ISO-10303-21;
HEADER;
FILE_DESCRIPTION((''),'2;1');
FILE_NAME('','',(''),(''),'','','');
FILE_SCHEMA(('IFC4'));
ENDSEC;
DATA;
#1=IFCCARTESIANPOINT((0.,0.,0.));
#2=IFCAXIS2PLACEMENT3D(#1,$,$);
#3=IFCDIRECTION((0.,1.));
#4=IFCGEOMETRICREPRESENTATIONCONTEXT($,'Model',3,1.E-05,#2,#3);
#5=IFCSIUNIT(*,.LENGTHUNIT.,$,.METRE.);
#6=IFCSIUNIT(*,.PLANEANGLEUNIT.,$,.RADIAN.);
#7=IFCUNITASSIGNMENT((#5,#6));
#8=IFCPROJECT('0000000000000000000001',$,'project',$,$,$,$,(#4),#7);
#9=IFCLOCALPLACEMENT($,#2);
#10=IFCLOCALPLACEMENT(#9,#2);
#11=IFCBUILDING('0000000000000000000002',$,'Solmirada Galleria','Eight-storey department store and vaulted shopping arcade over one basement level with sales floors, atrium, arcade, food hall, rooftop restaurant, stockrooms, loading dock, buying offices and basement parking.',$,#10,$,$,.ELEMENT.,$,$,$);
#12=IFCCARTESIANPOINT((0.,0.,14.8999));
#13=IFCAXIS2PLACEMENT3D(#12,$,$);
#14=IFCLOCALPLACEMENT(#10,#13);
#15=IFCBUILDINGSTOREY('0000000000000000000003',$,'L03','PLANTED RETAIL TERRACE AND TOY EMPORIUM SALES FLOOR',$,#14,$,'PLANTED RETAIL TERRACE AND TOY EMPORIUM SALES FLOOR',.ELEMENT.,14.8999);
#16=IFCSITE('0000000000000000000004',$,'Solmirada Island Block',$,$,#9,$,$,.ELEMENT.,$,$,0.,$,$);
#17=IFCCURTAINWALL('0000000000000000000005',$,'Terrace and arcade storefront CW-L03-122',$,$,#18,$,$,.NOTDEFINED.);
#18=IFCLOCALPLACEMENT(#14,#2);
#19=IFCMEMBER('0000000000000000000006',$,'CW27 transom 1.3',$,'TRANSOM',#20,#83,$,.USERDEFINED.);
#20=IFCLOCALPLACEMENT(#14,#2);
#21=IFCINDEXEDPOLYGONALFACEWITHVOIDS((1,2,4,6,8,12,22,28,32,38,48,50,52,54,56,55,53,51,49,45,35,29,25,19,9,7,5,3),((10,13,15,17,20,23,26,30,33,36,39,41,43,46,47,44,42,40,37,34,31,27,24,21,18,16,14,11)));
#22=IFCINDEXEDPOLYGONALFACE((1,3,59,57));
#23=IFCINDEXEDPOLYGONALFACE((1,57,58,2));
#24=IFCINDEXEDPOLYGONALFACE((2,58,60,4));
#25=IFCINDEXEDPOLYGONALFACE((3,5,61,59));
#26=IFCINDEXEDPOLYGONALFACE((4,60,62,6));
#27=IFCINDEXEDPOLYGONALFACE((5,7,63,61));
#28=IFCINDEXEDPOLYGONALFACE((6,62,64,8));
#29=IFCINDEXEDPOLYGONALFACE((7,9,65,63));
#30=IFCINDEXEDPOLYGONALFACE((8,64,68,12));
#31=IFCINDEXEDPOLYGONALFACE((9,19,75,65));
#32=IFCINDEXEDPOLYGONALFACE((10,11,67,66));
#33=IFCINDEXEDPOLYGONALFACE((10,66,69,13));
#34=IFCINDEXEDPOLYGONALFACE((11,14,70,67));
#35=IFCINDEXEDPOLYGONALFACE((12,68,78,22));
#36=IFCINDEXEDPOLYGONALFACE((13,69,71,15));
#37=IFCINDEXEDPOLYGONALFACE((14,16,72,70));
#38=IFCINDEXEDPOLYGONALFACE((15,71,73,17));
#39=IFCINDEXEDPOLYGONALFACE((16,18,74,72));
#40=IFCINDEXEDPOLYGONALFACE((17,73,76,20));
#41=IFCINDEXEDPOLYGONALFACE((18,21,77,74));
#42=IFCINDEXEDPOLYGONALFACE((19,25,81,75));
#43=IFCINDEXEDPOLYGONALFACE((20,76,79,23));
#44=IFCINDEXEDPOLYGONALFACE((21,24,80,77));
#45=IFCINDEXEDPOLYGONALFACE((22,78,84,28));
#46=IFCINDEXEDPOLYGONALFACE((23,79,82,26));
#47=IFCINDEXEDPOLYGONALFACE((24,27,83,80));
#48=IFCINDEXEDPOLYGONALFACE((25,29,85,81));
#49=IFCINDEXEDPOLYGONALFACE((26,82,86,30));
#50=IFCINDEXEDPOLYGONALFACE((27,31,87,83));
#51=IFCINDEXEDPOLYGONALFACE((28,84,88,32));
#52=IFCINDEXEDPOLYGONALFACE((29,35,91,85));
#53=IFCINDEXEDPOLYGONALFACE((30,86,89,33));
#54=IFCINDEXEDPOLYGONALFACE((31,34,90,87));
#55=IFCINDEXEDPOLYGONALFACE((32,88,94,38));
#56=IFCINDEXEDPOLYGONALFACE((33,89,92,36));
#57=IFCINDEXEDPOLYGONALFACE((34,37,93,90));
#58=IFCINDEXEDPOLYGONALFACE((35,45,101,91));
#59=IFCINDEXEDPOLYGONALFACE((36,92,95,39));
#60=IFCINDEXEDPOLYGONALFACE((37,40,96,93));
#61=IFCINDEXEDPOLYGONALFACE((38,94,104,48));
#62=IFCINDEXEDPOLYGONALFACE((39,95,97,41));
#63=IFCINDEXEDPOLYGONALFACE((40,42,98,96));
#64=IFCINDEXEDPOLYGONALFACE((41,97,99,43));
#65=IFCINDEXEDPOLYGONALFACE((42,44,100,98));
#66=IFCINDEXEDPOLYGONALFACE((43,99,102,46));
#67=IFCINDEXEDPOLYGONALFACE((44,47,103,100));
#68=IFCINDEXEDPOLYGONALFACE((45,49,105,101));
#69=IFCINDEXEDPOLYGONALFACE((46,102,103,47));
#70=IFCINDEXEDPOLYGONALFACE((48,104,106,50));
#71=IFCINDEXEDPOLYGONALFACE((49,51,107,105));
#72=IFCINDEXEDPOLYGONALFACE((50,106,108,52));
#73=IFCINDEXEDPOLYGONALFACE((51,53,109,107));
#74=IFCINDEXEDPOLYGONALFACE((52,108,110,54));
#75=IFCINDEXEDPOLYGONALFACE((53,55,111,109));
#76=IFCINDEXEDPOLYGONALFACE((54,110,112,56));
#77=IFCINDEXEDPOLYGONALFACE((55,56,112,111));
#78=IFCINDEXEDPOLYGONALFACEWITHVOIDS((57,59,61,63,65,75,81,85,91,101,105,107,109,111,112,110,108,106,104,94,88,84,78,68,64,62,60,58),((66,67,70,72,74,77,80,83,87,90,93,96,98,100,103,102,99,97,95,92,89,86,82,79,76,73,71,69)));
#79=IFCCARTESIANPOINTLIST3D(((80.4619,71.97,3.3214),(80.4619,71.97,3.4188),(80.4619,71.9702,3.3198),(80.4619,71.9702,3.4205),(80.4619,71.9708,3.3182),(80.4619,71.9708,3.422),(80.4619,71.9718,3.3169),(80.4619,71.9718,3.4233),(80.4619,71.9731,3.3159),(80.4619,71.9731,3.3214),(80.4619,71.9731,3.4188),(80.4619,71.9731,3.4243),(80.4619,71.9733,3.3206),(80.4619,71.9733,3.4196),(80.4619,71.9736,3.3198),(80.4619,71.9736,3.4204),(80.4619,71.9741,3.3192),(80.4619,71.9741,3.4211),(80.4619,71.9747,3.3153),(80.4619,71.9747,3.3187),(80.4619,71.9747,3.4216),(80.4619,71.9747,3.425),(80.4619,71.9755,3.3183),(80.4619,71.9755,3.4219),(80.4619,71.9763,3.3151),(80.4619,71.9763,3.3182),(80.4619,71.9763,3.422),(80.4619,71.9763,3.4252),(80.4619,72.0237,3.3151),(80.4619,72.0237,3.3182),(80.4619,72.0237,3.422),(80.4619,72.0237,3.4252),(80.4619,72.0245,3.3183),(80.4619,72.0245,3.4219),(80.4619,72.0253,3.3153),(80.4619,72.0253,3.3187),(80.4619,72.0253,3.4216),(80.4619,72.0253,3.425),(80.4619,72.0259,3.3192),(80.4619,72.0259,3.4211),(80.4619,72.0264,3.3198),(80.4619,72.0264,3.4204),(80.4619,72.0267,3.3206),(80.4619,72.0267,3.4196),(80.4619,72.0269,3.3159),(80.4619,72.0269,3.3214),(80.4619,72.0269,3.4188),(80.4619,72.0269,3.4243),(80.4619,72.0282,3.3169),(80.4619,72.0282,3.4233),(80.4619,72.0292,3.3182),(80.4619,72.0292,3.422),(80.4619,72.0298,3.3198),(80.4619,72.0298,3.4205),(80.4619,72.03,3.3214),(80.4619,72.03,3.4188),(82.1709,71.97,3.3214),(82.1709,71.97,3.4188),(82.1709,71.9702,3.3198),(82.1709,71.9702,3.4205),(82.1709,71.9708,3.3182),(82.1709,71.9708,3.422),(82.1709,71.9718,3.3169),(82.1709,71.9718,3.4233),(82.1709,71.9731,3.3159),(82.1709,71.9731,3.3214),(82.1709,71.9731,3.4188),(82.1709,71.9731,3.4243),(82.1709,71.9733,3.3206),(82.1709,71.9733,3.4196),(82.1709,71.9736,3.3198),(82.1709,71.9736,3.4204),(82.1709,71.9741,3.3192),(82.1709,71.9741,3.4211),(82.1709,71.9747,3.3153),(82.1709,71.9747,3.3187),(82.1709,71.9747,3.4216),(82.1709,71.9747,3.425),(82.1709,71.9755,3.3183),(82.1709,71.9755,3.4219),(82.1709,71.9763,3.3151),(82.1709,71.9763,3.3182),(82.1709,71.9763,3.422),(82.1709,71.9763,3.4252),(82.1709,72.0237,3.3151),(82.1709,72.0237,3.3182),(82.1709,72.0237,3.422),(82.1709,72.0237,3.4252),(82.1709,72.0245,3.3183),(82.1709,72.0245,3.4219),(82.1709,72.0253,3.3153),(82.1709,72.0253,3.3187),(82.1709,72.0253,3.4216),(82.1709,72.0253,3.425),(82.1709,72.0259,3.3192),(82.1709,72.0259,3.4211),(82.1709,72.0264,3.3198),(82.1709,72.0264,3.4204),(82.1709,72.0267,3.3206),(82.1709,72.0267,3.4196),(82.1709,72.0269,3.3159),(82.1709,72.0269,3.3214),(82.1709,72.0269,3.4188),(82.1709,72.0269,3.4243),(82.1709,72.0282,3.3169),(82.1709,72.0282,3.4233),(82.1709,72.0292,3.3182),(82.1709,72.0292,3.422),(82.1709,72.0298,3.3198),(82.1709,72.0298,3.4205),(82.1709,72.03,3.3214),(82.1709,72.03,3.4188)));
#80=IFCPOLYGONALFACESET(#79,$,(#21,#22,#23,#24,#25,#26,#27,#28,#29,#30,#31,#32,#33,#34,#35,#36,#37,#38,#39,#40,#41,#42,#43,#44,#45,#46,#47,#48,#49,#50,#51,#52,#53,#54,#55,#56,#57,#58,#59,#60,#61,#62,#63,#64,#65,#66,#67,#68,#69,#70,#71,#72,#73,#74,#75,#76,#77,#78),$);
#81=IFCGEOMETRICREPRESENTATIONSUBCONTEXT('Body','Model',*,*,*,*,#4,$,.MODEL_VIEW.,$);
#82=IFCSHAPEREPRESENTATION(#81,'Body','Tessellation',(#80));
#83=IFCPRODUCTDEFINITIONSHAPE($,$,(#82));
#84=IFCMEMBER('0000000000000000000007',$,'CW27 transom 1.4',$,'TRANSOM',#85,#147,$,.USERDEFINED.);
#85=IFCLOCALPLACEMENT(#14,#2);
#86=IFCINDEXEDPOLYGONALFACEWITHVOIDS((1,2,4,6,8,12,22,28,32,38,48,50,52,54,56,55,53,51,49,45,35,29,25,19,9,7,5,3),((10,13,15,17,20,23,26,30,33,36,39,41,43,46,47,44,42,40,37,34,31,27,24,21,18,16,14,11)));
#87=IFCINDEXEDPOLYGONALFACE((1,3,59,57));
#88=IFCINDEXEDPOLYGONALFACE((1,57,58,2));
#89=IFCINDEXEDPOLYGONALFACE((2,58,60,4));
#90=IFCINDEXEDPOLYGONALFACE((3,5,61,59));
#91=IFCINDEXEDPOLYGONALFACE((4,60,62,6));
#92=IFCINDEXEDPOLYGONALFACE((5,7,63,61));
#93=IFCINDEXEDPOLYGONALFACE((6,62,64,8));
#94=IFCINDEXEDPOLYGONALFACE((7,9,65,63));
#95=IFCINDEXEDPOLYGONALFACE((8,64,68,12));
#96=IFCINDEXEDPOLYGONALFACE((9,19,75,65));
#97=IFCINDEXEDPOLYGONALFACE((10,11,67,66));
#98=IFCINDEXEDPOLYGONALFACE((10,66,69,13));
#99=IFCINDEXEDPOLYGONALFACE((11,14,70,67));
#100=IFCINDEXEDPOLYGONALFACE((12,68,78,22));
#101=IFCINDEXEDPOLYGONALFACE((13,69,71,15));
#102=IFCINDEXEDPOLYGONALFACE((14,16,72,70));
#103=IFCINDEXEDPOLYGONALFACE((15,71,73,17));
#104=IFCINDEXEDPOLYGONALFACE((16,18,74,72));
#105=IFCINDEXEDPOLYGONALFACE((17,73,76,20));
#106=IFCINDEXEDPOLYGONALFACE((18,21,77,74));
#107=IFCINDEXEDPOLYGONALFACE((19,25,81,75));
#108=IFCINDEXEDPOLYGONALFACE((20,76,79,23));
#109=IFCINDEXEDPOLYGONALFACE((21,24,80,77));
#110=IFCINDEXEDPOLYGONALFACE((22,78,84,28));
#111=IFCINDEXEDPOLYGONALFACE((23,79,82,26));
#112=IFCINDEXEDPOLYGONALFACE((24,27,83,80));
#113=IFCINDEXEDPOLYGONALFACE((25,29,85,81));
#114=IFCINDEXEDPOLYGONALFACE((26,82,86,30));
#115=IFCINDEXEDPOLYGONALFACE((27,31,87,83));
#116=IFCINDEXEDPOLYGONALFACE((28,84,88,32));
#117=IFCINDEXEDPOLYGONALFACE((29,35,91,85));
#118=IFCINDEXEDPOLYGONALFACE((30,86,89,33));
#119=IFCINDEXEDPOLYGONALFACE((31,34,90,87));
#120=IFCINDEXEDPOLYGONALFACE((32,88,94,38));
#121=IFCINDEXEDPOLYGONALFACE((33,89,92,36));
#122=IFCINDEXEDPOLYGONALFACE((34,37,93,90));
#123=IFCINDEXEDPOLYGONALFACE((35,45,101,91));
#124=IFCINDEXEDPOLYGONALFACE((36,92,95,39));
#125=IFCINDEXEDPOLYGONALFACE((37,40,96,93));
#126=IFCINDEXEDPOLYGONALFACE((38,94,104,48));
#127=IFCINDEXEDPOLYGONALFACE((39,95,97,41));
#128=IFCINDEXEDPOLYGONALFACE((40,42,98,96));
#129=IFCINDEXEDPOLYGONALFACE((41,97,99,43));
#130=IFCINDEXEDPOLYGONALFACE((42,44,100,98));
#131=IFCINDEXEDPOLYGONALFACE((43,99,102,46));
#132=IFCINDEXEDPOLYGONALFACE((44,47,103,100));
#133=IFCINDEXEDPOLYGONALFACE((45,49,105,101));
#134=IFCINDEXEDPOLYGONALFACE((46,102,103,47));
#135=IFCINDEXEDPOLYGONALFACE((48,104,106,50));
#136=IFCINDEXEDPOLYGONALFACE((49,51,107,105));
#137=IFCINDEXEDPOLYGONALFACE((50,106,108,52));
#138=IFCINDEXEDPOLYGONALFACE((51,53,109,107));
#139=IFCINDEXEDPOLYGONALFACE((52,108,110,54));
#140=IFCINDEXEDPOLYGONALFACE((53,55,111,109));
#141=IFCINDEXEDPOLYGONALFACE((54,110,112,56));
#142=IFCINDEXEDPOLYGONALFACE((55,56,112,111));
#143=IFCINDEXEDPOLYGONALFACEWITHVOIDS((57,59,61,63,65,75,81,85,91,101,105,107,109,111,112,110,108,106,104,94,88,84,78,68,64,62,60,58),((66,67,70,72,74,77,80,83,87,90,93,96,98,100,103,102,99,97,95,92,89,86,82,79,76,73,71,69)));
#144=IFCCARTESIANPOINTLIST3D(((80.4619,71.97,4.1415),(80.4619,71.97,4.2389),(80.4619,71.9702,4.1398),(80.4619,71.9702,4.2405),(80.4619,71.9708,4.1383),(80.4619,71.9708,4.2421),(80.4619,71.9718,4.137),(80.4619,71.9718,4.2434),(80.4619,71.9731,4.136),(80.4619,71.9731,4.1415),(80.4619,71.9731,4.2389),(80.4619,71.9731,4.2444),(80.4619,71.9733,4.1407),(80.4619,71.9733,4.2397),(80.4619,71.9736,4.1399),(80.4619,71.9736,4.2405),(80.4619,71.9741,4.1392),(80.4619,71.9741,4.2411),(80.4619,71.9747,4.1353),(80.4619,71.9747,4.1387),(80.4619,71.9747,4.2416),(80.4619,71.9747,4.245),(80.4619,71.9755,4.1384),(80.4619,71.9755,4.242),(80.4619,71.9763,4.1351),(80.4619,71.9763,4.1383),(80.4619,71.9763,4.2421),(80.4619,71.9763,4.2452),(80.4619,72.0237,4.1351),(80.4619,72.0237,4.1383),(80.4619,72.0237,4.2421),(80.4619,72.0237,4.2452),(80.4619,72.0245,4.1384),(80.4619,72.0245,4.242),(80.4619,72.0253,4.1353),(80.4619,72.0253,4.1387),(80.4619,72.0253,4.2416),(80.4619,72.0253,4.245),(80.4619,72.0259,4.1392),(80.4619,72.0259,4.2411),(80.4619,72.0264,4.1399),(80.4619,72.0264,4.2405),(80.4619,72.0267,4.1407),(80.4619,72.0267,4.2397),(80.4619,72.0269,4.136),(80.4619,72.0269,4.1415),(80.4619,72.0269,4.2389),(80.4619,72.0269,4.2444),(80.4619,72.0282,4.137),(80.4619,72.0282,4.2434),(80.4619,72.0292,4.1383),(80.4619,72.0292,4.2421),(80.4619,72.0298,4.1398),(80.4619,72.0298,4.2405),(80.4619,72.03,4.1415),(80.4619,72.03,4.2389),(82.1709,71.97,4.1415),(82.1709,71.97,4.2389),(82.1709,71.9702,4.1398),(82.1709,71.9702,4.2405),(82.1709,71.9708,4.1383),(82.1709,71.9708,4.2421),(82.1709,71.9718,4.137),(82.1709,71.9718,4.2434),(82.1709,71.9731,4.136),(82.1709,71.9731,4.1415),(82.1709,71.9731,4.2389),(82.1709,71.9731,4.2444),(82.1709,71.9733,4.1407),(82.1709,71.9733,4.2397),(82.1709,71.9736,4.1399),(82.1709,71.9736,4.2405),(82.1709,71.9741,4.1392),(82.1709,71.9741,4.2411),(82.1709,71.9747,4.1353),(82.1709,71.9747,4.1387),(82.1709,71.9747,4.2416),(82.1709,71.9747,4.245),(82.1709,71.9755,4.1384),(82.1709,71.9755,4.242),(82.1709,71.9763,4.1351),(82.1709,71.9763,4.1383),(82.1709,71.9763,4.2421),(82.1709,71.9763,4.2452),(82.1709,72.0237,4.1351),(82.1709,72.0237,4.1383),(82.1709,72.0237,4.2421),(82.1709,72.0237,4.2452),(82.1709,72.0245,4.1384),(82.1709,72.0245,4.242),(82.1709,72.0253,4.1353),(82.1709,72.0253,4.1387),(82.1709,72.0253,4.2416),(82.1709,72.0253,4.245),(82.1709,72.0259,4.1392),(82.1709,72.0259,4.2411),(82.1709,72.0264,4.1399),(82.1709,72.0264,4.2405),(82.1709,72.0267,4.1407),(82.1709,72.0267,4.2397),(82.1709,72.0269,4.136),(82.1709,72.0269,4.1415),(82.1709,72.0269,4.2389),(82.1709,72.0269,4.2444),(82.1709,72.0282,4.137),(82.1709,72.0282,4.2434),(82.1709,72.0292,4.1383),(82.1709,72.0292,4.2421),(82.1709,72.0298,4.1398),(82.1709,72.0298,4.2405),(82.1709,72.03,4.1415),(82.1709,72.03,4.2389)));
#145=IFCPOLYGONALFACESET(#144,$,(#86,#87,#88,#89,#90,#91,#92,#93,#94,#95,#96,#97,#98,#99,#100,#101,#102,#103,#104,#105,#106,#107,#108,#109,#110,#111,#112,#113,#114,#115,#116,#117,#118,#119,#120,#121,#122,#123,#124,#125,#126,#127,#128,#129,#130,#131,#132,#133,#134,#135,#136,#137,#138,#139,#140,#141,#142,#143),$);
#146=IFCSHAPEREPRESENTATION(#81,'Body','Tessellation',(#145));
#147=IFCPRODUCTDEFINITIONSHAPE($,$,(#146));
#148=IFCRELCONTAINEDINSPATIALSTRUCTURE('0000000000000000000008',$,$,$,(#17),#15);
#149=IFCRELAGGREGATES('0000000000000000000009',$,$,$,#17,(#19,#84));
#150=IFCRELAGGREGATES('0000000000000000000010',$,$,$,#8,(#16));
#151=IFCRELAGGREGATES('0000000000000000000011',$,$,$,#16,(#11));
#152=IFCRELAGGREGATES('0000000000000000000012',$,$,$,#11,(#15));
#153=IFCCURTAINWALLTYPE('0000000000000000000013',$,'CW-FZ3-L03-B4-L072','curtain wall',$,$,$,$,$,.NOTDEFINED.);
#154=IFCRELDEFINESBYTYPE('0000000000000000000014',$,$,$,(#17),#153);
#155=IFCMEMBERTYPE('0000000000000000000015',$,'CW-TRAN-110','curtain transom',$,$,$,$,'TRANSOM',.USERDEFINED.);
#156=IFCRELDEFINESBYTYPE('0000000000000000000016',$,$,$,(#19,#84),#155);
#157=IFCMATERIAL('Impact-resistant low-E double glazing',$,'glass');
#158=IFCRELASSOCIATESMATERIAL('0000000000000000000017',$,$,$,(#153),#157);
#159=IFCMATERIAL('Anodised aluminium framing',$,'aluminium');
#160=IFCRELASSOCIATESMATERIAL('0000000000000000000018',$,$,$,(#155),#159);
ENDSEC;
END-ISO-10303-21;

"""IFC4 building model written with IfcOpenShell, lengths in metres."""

from ifc_helpers import new_model, si_unit, direction, frame, origin, origin_2d, place, context, subcontext, project, spatial, hollow_rectangle, extrude, material, material_profile, profile_set, type_object, element, aggregate, save


model = new_model("IFC4")

# Units and contexts
model_context = context("Model", 3, precision=1e-05, world=origin(), true_north=direction((0.0, 1.0)))
body_context = subcontext(model_context, "Body", "Model", "MODEL_VIEW")
ifc_project = project(units=[si_unit("LENGTHUNIT", "METRE"), si_unit("PLANEANGLEUNIT", "RADIAN")], contexts=[model_context])

# Site, building, storey
site_placement = place(None, origin())
site = spatial("IfcSite", under=ifc_project, at=site_placement, Name="Solmirada Island Block", CompositionType="ELEMENT", RefElevation=0.0)
building_placement = place(site_placement, origin())
building = spatial("IfcBuilding", under=site, at=building_placement, Name="Solmirada Galleria", Description="Eight-storey department store and vaulted shopping arcade over one basement level with sales floors, atrium, arcade, food hall, rooftop restaurant, stockrooms, loading dock, buying offices and basement parking.", CompositionType="ELEMENT")
storey_placement = place(building_placement, frame((0.0, 0.0, 14.8999)))
storey = spatial("IfcBuildingStorey", under=building, at=storey_placement, Name="L03", Description="PLANTED RETAIL TERRACE AND TOY EMPORIUM SALES FLOOR", LongName="PLANTED RETAIL TERRACE AND TOY EMPORIUM SALES FLOOR", CompositionType="ELEMENT", Elevation=14.8999)

# Shared definitions
ifc_material_1 = material(Name="Impact-resistant low-E double glazing", Category="glass")
curtain_wall_type = type_object("IfcCurtainWallType", Name="CW-FZ3-L03-B4-L072", Description="curtain wall", PredefinedType="NOTDEFINED", material=ifc_material_1)
ifc_material_2 = material(Name="Anodised aluminium framing", Category="aluminium")

# Curtain wall, members
curtain_wall_1_placement = place(storey_placement, origin())
curtain_wall_1 = element("IfcCurtainWall", 1, at=curtain_wall_1_placement, inside=storey, type_object=curtain_wall_type, Name="Terrace and arcade storefront CW-L03-122", PredefinedType="NOTDEFINED")
ifc_material_profile_1 = material_profile(ifc_material_2, hollow_rectangle(XDim=0.0601, YDim=0.1101, WallThickness=0.0032, InnerFilletRadius=0.0032, OuterFilletRadius=0.0063, at=origin_2d()), Name="ALU-TRAN-110X60")
ifc_profile_set_1 = profile_set([ifc_material_profile_1], Name="Anodised aluminium framing")
member_type_1 = type_object("IfcMemberType", Name="CW-TRAN-110", Description="curtain transom", ElementType="TRANSOM", PredefinedType="USERDEFINED", material=ifc_profile_set_1)
member_1_placement = place(storey_placement, frame((80.4619, 72.0, 3.3701), z_axis=(1.0, 0.0, 0.0), x_axis=(0.0, 1.0, 0.0)))
member_1 = element("IfcMember", 2, at=member_1_placement, type_object=member_type_1, Name="CW27 transom 1.3", ObjectType="TRANSOM", PredefinedType="USERDEFINED", context=body_context, shape_type="SweptSolid", body=[
    extrude(hollow_rectangle(XDim=0.0601, YDim=0.1101, WallThickness=0.0032, InnerFilletRadius=0.0032, OuterFilletRadius=0.0063, at=origin_2d()), origin(), (0.0, 0.0, 1.0), 1.709),
])
member_2_placement = place(storey_placement, frame((80.4619, 72.0, 4.1902), z_axis=(1.0, 0.0, 0.0), x_axis=(0.0, 1.0, 0.0)))
member_2 = element("IfcMember", 3, at=member_2_placement, type_object=member_type_1, Name="CW27 transom 1.4", ObjectType="TRANSOM", PredefinedType="USERDEFINED", context=body_context, shape_type="SweptSolid", body=[
    extrude(hollow_rectangle(XDim=0.0601, YDim=0.1101, WallThickness=0.0032, InnerFilletRadius=0.0032, OuterFilletRadius=0.0063, at=origin_2d()), origin(), (0.0, 0.0, 1.0), 1.709),
])
aggregate(curtain_wall_1, [member_1, member_2])

save(model, "model.ifc")
